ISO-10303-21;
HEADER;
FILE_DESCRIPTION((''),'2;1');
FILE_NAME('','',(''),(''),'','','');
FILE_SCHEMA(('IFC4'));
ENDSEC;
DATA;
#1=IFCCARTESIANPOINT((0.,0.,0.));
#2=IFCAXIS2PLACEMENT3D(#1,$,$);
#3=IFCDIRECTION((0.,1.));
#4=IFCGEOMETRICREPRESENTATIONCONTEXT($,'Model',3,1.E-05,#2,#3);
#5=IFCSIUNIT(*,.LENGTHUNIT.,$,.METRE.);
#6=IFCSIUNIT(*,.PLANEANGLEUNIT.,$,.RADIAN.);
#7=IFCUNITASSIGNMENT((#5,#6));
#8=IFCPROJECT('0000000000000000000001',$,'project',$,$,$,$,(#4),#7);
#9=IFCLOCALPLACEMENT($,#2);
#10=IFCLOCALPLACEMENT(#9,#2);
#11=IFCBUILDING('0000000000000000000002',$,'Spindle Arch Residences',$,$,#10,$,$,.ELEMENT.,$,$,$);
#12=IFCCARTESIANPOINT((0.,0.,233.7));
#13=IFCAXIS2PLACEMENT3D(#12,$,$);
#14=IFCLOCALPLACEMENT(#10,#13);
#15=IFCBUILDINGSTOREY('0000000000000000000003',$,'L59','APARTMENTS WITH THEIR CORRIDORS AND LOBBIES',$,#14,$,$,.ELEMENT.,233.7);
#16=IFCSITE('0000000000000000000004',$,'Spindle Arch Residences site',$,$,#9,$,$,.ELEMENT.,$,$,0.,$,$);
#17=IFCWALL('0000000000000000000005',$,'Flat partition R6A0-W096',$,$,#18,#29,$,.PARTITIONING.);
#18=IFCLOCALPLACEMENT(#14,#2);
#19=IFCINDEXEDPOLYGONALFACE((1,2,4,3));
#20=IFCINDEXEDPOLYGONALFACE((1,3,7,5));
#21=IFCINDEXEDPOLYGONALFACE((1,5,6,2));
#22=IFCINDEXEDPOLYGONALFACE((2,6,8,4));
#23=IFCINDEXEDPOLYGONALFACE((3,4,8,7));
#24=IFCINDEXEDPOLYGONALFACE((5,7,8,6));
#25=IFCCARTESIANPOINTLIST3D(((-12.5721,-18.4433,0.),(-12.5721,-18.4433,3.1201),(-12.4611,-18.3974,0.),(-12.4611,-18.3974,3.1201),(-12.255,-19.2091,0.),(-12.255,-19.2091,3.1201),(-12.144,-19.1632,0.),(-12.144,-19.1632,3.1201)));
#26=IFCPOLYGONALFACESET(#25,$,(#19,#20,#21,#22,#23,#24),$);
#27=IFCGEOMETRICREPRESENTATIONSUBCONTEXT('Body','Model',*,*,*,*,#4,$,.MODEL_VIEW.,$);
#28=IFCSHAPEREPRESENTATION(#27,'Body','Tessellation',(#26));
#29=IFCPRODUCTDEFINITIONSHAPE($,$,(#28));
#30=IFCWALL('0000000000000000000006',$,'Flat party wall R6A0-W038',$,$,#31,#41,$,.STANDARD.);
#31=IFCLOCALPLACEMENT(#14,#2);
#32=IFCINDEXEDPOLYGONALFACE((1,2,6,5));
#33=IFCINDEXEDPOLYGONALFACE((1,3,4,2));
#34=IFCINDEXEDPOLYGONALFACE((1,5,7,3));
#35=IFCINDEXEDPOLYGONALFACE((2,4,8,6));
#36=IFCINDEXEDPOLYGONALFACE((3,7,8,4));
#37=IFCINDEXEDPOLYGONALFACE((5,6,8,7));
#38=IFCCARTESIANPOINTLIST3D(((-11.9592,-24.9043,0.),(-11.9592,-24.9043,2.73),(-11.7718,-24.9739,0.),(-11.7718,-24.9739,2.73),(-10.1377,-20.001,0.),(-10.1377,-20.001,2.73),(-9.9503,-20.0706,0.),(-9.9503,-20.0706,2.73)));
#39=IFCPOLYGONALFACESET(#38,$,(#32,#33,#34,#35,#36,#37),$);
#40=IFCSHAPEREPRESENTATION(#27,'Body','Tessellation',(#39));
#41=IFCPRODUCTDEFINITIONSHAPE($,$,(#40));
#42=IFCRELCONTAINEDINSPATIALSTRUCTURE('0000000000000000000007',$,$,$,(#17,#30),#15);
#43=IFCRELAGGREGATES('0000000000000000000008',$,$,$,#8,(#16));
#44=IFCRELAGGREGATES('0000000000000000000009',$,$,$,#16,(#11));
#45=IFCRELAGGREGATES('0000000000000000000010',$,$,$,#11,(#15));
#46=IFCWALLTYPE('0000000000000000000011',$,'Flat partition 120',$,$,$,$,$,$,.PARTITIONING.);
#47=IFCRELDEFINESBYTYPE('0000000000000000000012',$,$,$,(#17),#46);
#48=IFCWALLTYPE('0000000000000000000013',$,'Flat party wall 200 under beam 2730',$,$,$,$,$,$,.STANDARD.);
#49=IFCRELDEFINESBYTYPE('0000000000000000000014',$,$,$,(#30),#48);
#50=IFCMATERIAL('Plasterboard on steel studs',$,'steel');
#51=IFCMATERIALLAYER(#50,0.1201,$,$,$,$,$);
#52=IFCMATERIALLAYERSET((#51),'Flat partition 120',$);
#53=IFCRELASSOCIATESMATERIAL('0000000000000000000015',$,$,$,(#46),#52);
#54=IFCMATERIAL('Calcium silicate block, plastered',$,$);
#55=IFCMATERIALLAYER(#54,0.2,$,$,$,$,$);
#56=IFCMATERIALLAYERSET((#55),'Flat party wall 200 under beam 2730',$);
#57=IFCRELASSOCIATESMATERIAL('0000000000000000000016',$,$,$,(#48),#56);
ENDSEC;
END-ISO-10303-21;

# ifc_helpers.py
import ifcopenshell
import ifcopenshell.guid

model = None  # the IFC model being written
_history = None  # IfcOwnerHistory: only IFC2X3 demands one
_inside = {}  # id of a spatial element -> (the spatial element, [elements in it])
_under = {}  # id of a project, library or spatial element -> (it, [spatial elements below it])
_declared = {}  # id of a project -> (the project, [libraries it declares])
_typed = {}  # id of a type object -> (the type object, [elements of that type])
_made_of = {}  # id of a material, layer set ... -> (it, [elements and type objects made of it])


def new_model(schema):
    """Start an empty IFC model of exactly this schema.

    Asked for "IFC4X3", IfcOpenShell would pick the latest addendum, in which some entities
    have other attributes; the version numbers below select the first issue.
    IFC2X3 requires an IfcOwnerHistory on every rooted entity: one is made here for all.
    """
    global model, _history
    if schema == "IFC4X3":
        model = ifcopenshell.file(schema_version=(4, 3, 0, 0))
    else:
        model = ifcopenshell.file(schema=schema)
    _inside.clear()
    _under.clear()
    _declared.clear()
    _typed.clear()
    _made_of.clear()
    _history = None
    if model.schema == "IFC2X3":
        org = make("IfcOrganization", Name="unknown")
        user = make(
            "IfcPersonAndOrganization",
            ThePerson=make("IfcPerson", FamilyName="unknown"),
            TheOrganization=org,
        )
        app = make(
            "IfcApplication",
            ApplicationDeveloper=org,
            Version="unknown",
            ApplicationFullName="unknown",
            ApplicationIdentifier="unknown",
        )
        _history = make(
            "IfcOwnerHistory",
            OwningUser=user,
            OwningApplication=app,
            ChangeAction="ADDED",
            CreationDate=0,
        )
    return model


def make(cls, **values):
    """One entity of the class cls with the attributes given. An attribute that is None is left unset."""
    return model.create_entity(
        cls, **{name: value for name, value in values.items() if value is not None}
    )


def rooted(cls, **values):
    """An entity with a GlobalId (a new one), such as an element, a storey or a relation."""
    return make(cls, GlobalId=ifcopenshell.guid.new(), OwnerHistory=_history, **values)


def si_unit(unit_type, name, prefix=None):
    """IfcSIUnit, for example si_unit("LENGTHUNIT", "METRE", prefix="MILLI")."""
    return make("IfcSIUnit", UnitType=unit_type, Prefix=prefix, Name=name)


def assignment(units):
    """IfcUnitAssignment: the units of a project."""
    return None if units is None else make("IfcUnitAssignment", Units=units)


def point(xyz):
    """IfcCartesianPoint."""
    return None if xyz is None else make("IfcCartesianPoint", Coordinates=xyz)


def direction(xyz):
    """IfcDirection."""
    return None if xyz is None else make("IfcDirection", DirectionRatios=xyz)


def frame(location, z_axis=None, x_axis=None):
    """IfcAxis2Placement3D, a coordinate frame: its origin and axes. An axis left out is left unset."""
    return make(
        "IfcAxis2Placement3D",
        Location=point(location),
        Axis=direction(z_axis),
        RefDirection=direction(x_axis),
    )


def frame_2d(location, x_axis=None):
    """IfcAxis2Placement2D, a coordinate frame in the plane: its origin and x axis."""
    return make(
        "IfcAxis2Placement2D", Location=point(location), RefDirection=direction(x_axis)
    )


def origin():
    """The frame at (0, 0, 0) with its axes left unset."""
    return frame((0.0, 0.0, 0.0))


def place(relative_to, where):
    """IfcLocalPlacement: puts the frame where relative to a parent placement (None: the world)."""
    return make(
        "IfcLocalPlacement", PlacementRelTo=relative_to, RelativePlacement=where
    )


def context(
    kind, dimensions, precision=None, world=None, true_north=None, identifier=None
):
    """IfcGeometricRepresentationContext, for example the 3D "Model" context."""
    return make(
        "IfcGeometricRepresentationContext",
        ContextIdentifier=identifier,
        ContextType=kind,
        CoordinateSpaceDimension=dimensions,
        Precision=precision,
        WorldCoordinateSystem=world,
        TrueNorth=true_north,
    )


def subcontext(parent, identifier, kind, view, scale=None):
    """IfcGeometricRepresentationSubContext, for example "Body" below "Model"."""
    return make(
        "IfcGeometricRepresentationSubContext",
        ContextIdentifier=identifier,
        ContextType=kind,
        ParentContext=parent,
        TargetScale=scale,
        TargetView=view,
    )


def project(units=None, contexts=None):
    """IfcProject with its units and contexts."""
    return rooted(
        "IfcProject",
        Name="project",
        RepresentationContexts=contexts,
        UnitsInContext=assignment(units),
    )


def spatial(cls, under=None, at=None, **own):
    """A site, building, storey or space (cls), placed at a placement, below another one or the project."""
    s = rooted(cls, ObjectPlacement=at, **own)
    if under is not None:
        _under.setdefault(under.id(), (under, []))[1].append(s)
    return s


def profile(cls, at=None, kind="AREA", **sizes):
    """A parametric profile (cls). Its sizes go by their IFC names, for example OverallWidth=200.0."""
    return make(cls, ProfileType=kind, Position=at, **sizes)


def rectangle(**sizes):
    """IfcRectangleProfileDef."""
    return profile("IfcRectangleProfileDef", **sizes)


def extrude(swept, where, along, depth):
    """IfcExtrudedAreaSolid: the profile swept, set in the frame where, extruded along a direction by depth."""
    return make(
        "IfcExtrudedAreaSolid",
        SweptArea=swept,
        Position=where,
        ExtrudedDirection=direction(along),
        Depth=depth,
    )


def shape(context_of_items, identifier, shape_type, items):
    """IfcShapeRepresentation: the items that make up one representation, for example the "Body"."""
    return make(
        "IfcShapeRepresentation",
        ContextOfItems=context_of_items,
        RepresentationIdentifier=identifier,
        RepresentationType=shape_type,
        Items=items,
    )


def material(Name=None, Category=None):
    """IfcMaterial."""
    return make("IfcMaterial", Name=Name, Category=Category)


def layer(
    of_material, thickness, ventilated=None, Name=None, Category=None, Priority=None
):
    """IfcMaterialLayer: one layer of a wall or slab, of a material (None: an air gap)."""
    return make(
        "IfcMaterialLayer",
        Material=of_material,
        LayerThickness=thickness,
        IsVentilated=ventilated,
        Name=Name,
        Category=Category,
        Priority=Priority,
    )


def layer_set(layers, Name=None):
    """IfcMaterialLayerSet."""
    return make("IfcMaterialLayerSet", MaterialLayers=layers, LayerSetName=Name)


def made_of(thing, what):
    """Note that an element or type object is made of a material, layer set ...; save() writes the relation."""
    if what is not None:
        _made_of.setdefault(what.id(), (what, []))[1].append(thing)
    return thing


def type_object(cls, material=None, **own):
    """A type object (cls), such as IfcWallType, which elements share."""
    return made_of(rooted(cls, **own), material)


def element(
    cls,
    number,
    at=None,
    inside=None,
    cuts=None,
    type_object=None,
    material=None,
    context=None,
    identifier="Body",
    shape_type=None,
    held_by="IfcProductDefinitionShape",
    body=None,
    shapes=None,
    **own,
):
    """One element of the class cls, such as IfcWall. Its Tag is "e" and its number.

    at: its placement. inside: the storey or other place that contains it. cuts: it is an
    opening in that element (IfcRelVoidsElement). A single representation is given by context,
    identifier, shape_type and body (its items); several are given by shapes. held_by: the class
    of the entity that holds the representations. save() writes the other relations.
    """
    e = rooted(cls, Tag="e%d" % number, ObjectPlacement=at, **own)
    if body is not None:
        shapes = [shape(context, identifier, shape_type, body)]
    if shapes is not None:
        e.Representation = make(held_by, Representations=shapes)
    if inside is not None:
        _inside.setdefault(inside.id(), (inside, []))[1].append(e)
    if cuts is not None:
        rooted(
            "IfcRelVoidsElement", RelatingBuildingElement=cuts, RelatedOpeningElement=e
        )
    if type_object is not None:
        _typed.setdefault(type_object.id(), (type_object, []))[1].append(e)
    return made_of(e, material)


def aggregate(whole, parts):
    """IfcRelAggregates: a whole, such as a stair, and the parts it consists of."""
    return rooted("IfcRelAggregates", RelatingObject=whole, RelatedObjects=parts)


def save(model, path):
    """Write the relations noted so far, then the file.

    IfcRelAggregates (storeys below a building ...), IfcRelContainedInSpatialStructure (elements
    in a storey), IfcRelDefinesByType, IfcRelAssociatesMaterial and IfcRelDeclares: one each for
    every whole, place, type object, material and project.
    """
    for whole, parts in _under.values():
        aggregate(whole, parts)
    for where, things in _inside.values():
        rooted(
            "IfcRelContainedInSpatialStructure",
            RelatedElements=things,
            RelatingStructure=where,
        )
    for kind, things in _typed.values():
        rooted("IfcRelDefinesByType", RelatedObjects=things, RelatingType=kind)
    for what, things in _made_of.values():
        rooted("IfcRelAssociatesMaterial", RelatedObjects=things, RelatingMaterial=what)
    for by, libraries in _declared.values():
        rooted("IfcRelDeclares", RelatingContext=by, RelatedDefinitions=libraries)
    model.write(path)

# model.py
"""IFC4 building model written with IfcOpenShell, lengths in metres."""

from ifc_helpers import new_model, si_unit, direction, frame, frame_2d, origin, place, context, subcontext, project, spatial, rectangle, extrude, material, layer, layer_set, type_object, element, save


model = new_model("IFC4")

# Units and contexts
model_context = context("Model", 3, precision=1e-05, world=origin(), true_north=direction((0.0, 1.0)))
body_context = subcontext(model_context, "Body", "Model", "MODEL_VIEW")
ifc_project = project(units=[si_unit("LENGTHUNIT", "METRE"), si_unit("PLANEANGLEUNIT", "RADIAN")], contexts=[model_context])

# Site, building, storey
site_placement = place(None, origin())
site = spatial("IfcSite", under=ifc_project, at=site_placement, Name="Spindle Arch Residences site", CompositionType="ELEMENT", RefElevation=0.0)
building_placement = place(site_placement, origin())
building = spatial("IfcBuilding", under=site, at=building_placement, Name="Spindle Arch Residences", CompositionType="ELEMENT")
storey_placement = place(building_placement, frame((0.0, 0.0, 233.7)))
storey = spatial("IfcBuildingStorey", under=building, at=storey_placement, Name="L59", Description="APARTMENTS WITH THEIR CORRIDORS AND LOBBIES", CompositionType="ELEMENT", Elevation=233.7)

# Shared definitions
ifc_material_1 = material(Name="Plasterboard on steel studs", Category="steel")
ifc_layer_1 = layer(ifc_material_1, 0.1201)
ifc_layer_set_1 = layer_set([ifc_layer_1], Name="Flat partition 120")
wall_type_1 = type_object("IfcWallType", Name="Flat partition 120", PredefinedType="PARTITIONING", material=ifc_layer_set_1)

# Walls
wall_1_placement = place(storey_placement, frame((-12.1995, -19.1863, 0.0), z_axis=(0.0, 0.0, 1.0), x_axis=(-0.382586, 0.92392, 0.0)))
element("IfcWall", 1, at=wall_1_placement, inside=storey, type_object=wall_type_1, Name="Flat partition R6A0-W096", PredefinedType="PARTITIONING", context=body_context, shape_type="SweptSolid", body=[
    extrude(rectangle(XDim=0.8289, YDim=0.1201, at=frame_2d((0.4146, 0.0))), origin(), (0.0, 0.0, 1.0), 3.1201),
])
ifc_material_2 = material(Name="Calcium silicate block, plastered")
ifc_layer_2 = layer(ifc_material_2, 0.2)
ifc_layer_set_2 = layer_set([ifc_layer_2], Name="Flat party wall 200 under beam 2730")
wall_type_2 = type_object("IfcWallType", Name="Flat party wall 200 under beam 2730", PredefinedType="STANDARD", material=ifc_layer_set_2)
wall_2_placement = place(storey_placement, frame((-11.8655, -24.939, 0.0), z_axis=(0.0, 0.0, 1.0), x_axis=(0.348237, 0.937407, 0.0)))
element("IfcWall", 2, at=wall_2_placement, inside=storey, type_object=wall_type_2, Name="Flat party wall R6A0-W038", PredefinedType="STANDARD", context=body_context, shape_type="SweptSolid", body=[
    extrude(rectangle(XDim=5.2307, YDim=0.2, at=frame_2d((2.6152, 0.0))), origin(), (0.0, 0.0, 1.0), 2.73),
])

save(model, "model.ifc")
